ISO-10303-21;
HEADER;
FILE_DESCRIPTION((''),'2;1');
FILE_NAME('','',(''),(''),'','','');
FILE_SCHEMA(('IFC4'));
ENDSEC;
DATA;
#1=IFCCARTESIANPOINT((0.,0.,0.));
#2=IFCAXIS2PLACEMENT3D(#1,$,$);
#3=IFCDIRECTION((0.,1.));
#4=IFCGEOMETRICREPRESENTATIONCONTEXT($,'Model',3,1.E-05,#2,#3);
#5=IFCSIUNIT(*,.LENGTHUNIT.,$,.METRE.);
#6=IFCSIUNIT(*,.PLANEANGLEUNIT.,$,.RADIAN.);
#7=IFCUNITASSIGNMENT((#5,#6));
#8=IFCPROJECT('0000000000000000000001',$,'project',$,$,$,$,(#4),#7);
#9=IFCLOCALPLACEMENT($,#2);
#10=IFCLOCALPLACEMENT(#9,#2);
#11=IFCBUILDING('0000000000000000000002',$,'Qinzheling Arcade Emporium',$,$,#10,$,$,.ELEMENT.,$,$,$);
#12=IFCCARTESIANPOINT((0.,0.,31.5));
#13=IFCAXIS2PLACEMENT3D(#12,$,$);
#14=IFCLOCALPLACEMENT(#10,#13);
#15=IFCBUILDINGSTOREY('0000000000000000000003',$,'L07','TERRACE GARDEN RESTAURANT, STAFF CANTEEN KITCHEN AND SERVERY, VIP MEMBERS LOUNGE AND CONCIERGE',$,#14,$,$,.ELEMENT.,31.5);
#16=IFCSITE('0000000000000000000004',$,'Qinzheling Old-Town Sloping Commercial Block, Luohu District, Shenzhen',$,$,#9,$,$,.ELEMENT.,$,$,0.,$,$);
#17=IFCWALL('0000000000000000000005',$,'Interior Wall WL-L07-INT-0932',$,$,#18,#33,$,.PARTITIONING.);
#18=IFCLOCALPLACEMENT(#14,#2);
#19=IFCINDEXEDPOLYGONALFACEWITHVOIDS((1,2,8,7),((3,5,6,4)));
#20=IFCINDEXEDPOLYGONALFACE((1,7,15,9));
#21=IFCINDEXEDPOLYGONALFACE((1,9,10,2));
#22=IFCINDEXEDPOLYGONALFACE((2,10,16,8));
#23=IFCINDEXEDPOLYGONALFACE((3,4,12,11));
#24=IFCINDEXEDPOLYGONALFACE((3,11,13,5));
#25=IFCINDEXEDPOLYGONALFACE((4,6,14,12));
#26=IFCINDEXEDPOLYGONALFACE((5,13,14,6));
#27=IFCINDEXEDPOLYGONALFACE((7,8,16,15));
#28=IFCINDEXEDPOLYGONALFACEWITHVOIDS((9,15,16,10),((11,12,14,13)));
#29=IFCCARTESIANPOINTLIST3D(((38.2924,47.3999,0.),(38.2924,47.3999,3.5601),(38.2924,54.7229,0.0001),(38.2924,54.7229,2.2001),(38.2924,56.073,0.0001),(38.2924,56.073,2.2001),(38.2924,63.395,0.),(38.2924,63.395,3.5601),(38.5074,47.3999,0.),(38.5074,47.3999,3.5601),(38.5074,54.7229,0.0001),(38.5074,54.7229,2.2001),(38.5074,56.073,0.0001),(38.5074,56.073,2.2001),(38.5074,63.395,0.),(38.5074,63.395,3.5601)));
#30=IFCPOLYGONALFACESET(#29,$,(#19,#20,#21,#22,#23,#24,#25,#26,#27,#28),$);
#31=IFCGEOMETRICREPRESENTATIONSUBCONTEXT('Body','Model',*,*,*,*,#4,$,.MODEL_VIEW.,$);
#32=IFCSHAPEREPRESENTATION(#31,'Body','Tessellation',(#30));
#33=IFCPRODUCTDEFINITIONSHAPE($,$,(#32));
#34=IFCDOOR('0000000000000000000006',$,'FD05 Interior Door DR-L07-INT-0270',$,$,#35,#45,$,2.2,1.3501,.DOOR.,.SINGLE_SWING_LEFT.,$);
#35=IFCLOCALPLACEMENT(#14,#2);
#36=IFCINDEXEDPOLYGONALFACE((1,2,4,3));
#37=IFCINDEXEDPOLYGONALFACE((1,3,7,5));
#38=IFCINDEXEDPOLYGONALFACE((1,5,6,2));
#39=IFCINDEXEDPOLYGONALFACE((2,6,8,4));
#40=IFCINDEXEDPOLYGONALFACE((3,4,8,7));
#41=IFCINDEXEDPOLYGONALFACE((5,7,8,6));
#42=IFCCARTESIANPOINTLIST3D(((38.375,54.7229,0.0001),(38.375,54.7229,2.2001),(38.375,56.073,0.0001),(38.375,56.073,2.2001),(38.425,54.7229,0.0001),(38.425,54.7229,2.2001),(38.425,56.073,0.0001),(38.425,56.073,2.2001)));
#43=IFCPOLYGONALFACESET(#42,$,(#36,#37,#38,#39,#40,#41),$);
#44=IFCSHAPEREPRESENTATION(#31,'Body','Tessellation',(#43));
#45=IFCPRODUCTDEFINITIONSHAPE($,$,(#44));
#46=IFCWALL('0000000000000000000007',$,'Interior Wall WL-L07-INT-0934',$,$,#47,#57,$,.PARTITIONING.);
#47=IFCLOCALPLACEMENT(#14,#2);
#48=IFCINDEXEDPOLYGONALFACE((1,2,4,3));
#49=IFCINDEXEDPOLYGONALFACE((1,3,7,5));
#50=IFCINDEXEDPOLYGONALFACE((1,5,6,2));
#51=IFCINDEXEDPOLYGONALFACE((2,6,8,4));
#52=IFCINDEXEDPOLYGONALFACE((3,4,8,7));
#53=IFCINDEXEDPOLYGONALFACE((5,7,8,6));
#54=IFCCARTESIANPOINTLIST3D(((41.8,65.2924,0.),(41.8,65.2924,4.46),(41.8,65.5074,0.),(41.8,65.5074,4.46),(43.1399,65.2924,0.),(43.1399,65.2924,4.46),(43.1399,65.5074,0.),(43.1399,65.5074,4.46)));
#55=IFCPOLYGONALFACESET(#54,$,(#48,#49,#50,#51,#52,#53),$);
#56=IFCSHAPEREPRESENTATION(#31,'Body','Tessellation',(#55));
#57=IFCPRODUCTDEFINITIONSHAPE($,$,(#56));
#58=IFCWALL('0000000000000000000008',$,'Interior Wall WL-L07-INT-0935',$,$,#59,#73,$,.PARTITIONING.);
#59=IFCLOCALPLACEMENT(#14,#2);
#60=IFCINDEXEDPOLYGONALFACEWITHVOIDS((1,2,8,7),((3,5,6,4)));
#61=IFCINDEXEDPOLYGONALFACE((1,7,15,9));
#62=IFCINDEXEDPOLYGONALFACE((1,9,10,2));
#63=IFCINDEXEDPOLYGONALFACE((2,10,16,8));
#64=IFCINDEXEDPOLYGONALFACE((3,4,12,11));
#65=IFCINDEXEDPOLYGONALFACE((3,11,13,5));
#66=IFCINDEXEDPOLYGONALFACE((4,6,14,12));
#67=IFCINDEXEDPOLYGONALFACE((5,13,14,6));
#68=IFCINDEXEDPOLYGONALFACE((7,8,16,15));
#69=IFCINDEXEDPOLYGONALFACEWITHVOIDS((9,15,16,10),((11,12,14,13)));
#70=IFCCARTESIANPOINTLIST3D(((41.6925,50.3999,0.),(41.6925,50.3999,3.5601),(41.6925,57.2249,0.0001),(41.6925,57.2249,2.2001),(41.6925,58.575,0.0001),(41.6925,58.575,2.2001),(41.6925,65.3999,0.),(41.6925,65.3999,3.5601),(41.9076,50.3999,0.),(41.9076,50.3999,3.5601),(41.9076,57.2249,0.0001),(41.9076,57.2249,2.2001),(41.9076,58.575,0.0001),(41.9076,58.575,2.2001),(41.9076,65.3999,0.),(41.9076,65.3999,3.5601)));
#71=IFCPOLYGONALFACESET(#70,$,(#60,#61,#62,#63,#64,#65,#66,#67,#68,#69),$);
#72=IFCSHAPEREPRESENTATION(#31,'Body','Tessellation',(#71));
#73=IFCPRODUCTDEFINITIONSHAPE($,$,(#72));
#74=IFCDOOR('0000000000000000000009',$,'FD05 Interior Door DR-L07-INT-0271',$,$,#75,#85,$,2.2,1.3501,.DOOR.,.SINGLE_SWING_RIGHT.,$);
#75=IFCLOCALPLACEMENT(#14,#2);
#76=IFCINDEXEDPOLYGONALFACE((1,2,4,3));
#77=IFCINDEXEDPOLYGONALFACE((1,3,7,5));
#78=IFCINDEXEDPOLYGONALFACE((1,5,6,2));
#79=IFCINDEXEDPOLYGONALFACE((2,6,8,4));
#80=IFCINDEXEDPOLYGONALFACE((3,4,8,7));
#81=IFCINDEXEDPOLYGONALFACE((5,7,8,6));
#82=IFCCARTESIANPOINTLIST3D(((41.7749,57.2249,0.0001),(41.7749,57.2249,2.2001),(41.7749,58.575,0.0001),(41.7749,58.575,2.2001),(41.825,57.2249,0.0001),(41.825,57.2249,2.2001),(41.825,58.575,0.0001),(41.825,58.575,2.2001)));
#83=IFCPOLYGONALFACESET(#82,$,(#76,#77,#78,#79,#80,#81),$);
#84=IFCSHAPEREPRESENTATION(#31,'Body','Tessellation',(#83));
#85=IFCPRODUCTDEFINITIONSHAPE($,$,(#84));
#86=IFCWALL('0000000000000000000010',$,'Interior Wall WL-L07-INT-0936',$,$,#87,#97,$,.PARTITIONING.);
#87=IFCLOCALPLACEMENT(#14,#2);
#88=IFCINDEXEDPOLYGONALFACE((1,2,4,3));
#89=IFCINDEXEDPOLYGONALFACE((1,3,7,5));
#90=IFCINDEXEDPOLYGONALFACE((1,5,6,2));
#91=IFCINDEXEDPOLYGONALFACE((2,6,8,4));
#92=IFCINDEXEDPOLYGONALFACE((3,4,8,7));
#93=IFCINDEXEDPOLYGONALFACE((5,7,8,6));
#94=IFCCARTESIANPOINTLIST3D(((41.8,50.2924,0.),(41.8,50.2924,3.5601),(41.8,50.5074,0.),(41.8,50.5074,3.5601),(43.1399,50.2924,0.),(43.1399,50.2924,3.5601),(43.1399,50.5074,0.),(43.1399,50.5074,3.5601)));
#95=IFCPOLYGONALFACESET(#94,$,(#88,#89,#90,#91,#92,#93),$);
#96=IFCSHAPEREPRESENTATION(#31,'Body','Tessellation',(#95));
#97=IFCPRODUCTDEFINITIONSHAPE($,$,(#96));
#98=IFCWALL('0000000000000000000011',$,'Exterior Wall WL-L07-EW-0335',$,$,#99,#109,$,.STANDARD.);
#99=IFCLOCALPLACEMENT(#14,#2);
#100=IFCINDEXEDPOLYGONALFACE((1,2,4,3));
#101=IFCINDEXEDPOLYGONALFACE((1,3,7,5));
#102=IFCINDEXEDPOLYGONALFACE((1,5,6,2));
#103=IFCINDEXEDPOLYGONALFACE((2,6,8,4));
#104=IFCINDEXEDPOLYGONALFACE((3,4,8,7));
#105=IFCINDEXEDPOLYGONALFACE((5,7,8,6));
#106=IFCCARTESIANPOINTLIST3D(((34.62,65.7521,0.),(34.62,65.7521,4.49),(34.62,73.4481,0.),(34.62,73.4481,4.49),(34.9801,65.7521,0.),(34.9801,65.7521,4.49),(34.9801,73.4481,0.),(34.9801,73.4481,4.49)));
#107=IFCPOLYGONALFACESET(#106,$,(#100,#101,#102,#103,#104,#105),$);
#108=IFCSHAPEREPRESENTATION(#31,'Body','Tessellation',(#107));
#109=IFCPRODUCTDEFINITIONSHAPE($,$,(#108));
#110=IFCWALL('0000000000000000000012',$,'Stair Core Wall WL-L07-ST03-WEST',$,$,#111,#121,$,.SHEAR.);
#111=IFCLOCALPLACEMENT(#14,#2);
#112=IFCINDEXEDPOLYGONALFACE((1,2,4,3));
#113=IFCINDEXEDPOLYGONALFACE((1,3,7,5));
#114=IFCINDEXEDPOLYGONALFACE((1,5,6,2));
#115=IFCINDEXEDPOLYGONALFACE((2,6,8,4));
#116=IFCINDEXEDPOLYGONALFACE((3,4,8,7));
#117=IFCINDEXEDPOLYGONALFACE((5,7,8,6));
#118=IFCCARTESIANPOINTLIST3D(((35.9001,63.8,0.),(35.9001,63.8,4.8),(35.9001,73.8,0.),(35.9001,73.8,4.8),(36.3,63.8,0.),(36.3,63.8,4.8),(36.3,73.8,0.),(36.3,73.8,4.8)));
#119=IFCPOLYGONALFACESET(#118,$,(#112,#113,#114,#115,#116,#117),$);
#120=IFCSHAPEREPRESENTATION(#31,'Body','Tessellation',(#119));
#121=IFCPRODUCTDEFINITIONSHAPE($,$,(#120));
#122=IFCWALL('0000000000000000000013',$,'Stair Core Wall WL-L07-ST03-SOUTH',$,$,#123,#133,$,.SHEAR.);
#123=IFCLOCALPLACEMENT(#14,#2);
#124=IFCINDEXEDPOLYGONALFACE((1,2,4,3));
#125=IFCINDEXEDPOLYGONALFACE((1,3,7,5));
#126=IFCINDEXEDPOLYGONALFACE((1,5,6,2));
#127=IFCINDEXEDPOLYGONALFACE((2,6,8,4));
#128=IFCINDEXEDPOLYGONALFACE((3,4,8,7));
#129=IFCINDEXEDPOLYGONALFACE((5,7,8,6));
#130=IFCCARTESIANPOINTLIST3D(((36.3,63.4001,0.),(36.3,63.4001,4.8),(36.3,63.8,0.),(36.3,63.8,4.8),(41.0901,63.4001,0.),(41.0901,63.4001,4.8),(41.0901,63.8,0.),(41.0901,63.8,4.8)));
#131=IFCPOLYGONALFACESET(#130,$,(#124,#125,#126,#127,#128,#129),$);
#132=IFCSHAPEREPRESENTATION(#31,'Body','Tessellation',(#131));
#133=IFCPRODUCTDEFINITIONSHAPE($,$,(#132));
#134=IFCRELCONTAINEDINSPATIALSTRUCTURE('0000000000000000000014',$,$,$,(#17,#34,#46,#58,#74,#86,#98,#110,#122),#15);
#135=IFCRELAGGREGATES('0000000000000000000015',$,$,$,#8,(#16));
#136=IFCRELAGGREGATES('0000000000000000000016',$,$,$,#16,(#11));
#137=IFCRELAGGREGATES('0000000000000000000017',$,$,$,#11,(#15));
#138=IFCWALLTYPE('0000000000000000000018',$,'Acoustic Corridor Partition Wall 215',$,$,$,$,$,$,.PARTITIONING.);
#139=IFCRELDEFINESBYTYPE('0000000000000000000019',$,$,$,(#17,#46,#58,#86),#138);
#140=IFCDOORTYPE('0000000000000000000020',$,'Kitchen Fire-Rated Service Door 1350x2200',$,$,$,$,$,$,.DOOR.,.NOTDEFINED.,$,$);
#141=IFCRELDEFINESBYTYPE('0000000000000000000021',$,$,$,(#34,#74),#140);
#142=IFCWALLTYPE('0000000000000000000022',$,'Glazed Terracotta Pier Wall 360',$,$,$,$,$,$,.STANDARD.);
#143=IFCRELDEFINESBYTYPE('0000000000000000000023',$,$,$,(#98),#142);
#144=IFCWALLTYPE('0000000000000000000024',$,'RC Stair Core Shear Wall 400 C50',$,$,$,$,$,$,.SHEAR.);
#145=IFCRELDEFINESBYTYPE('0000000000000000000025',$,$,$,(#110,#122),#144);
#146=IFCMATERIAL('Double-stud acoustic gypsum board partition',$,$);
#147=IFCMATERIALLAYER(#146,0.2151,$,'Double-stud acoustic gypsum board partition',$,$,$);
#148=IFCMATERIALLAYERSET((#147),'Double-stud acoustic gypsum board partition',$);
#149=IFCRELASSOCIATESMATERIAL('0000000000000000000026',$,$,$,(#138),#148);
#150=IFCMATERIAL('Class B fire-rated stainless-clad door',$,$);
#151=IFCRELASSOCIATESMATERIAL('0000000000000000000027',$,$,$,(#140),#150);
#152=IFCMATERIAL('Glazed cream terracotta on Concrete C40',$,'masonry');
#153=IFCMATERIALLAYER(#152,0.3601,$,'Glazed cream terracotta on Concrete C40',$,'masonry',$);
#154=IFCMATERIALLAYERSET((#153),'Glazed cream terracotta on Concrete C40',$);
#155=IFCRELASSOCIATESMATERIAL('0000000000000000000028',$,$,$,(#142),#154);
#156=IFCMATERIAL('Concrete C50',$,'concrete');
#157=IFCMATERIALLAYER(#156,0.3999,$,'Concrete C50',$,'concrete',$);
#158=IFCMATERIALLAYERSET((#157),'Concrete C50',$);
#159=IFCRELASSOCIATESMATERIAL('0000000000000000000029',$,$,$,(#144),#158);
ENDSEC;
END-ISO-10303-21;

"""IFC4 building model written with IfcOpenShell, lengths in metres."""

from ifc_helpers import new_model, si_unit, direction, frame, frame_2d, origin, place, context, subcontext, project, spatial, rectangle, extrude, material, layer, layer_set, type_object, element, fill, save


model = new_model("IFC4")

# Units and contexts
model_context = context("Model", 3, precision=1e-05, world=origin(), true_north=direction((0.0, 1.0)))
body_context = subcontext(model_context, "Body", "Model", "MODEL_VIEW")
ifc_project = project(units=[si_unit("LENGTHUNIT", "METRE"), si_unit("PLANEANGLEUNIT", "RADIAN")], contexts=[model_context])

# Site, building, storey
site_placement = place(None, origin())
site = spatial("IfcSite", under=ifc_project, at=site_placement, Name="Qinzheling Old-Town Sloping Commercial Block, Luohu District, Shenzhen", CompositionType="ELEMENT", RefElevation=0.0)
building_placement = place(site_placement, origin())
building = spatial("IfcBuilding", under=site, at=building_placement, Name="Qinzheling Arcade Emporium", CompositionType="ELEMENT")
storey_placement = place(building_placement, frame((0.0, 0.0, 31.5)))
storey = spatial("IfcBuildingStorey", under=building, at=storey_placement, Name="L07", Description="TERRACE GARDEN RESTAURANT, STAFF CANTEEN KITCHEN AND SERVERY, VIP MEMBERS LOUNGE AND CONCIERGE", CompositionType="ELEMENT", Elevation=31.5)

# Wall, opening, door
ifc_material_1 = material(Name="Double-stud acoustic gypsum board partition")
ifc_layer_1 = layer(ifc_material_1, 0.2151, Name="Double-stud acoustic gypsum board partition")
ifc_layer_set_1 = layer_set([ifc_layer_1], Name="Double-stud acoustic gypsum board partition")
wall_type_1 = type_object("IfcWallType", Name="Acoustic Corridor Partition Wall 215", PredefinedType="PARTITIONING", material=ifc_layer_set_1)
wall_1_placement = place(storey_placement, frame((38.3999, 47.3999, 0.0), z_axis=(0.0, 0.0, 1.0), x_axis=(0.0, 1.0, 0.0)))
wall_1 = element("IfcWall", 1, at=wall_1_placement, inside=storey, type_object=wall_type_1, Name="Interior Wall WL-L07-INT-0932", PredefinedType="PARTITIONING", context=body_context, shape_type="SweptSolid", body=[
    extrude(rectangle(XDim=15.9951, YDim=0.2151, at=frame_2d((7.9976, 0.0))), origin(), (0.0, 0.0, 1.0), 3.5601),
])
opening_1_placement = place(wall_1_placement, frame((7.323, 0.0, 0.0)))
opening_1 = element("IfcOpeningElement", 2, at=opening_1_placement, cuts=wall_1, PredefinedType="OPENING", context=body_context, shape_type="SweptSolid", body=[
    extrude(rectangle(XDim=1.3501, YDim=2.2, at=frame_2d((0.675, 1.1001))), frame((0.0, 0.1177, 0.0), z_axis=(0.0, -1.0, 0.0), x_axis=(1.0, 0.0, 0.0)), (0.0, 0.0, 1.0), 0.2351),
])
ifc_material_2 = material(Name="Class B fire-rated stainless-clad door")
door_type = type_object("IfcDoorType", Name="Kitchen Fire-Rated Service Door 1350x2200", OperationType="NOTDEFINED", PredefinedType="DOOR", material=ifc_material_2)
door_1_placement = place(opening_1_placement, origin())
door_1 = element("IfcDoor", 3, at=door_1_placement, inside=storey, type_object=door_type, Name="FD05 Interior Door DR-L07-INT-0270", OperationType="SINGLE_SWING_LEFT", OverallHeight=2.2, OverallWidth=1.3501, PredefinedType="DOOR", context=body_context, shape_type="SweptSolid", body=[
    extrude(rectangle(XDim=1.3501, YDim=2.2, at=frame_2d((0.675, 1.1001))), frame((0.0, 0.0249, 0.0), z_axis=(0.0, -1.0, 0.0), x_axis=(1.0, 0.0, 0.0)), (0.0, 0.0, 1.0), 0.05),
])
fill(opening_1, door_1)

# Wall
wall_2_placement = place(storey_placement, frame((43.1399, 65.3999, 0.0), z_axis=(0.0, 0.0, 1.0), x_axis=(-1.0, 0.0, 0.0)))
element("IfcWall", 4, at=wall_2_placement, inside=storey, type_object=wall_type_1, Name="Interior Wall WL-L07-INT-0934", PredefinedType="PARTITIONING", context=body_context, shape_type="SweptSolid", body=[
    extrude(rectangle(XDim=1.3398, YDim=0.2151, at=frame_2d((0.6699, 0.0))), origin(), (0.0, 0.0, 1.0), 4.46),
])

# Wall, opening, door
wall_3_placement = place(storey_placement, frame((41.8, 65.3999, 0.0), z_axis=(0.0, 0.0, 1.0), x_axis=(0.0, -1.0, 0.0)))
wall_3 = element("IfcWall", 5, at=wall_3_placement, inside=storey, type_object=wall_type_1, Name="Interior Wall WL-L07-INT-0935", PredefinedType="PARTITIONING", context=body_context, shape_type="SweptSolid", body=[
    extrude(rectangle(XDim=15.0, YDim=0.2151, at=frame_2d((7.5, 0.0))), origin(), (0.0, 0.0, 1.0), 3.5601),
])
opening_2_placement = place(wall_3_placement, frame((6.825, 0.0, 0.0)))
opening_2 = element("IfcOpeningElement", 6, at=opening_2_placement, cuts=wall_3, PredefinedType="OPENING", context=body_context, shape_type="SweptSolid", body=[
    extrude(rectangle(XDim=1.3501, YDim=2.2, at=frame_2d((0.675, 1.1001))), frame((0.0, 0.1177, 0.0), z_axis=(0.0, -1.0, 0.0), x_axis=(1.0, 0.0, 0.0)), (0.0, 0.0, 1.0), 0.2351),
])
door_2_placement = place(opening_2_placement, origin())
door_2 = element("IfcDoor", 7, at=door_2_placement, inside=storey, type_object=door_type, Name="FD05 Interior Door DR-L07-INT-0271", OperationType="SINGLE_SWING_RIGHT", OverallHeight=2.2, OverallWidth=1.3501, PredefinedType="DOOR", context=body_context, shape_type="SweptSolid", body=[
    extrude(rectangle(XDim=1.3501, YDim=2.2, at=frame_2d((0.675, 1.1001))), frame((0.0, 0.0249, 0.0), z_axis=(0.0, -1.0, 0.0), x_axis=(1.0, 0.0, 0.0)), (0.0, 0.0, 1.0), 0.05),
])
fill(opening_2, door_2)

# Walls
wall_4_placement = place(storey_placement, frame((41.8, 50.3999, 0.0), z_axis=(0.0, 0.0, 1.0), x_axis=(1.0, 0.0, 0.0)))
element("IfcWall", 8, at=wall_4_placement, inside=storey, type_object=wall_type_1, Name="Interior Wall WL-L07-INT-0936", PredefinedType="PARTITIONING", context=body_context, shape_type="SweptSolid", body=[
    extrude(rectangle(XDim=1.3398, YDim=0.2151, at=frame_2d((0.6699, 0.0))), origin(), (0.0, 0.0, 1.0), 3.5601),
])
ifc_material_3 = material(Name="Glazed cream terracotta on Concrete C40", Category="masonry")
ifc_layer_2 = layer(ifc_material_3, 0.3601, Name="Glazed cream terracotta on Concrete C40", Category="masonry")
ifc_layer_set_2 = layer_set([ifc_layer_2], Name="Glazed cream terracotta on Concrete C40")
wall_type_2 = type_object("IfcWallType", Name="Glazed Terracotta Pier Wall 360", PredefinedType="STANDARD", material=ifc_layer_set_2)
wall_5_placement = place(storey_placement, frame((34.8, 65.752, 0.0), z_axis=(0.0, 0.0, 1.0), x_axis=(0.0, 1.0, 0.0)))
element("IfcWall", 9, at=wall_5_placement, inside=storey, type_object=wall_type_2, Name="Exterior Wall WL-L07-EW-0335", PredefinedType="STANDARD", context=body_context, shape_type="SweptSolid", body=[
    extrude(rectangle(XDim=7.696, YDim=0.3601, at=frame_2d((3.8481, 0.0))), origin(), (0.0, 0.0, 1.0), 4.49),
])
ifc_material_4 = material(Name="Concrete C50", Category="concrete")
ifc_layer_3 = layer(ifc_material_4, 0.3999, Name="Concrete C50", Category="concrete")
ifc_layer_set_3 = layer_set([ifc_layer_3], Name="Concrete C50")
wall_type_3 = type_object("IfcWallType", Name="RC Stair Core Shear Wall 400 C50", PredefinedType="SHEAR", material=ifc_layer_set_3)
wall_6_placement = place(storey_placement, frame((36.1001, 63.8, 0.0), z_axis=(0.0, 0.0, 1.0), x_axis=(0.0, 1.0, 0.0)))
element("IfcWall", 10, at=wall_6_placement, inside=storey, type_object=wall_type_3, Name="Stair Core Wall WL-L07-ST03-WEST", PredefinedType="SHEAR", context=body_context, shape_type="SweptSolid", body=[
    extrude(rectangle(XDim=10.0, YDim=0.3999, at=frame_2d((5.0, 0.0))), origin(), (0.0, 0.0, 1.0), 4.8),
])
wall_7_placement = place(storey_placement, frame((41.0901, 63.6001, 0.0), z_axis=(0.0, 0.0, 1.0), x_axis=(-1.0, 0.0, 0.0)))
element("IfcWall", 11, at=wall_7_placement, inside=storey, type_object=wall_type_3, Name="Stair Core Wall WL-L07-ST03-SOUTH", PredefinedType="SHEAR", context=body_context, shape_type="SweptSolid", body=[
    extrude(rectangle(XDim=4.79, YDim=0.3999, at=frame_2d((2.395, 0.0))), origin(), (0.0, 0.0, 1.0), 4.8),
])

save(model, "model.ifc")
